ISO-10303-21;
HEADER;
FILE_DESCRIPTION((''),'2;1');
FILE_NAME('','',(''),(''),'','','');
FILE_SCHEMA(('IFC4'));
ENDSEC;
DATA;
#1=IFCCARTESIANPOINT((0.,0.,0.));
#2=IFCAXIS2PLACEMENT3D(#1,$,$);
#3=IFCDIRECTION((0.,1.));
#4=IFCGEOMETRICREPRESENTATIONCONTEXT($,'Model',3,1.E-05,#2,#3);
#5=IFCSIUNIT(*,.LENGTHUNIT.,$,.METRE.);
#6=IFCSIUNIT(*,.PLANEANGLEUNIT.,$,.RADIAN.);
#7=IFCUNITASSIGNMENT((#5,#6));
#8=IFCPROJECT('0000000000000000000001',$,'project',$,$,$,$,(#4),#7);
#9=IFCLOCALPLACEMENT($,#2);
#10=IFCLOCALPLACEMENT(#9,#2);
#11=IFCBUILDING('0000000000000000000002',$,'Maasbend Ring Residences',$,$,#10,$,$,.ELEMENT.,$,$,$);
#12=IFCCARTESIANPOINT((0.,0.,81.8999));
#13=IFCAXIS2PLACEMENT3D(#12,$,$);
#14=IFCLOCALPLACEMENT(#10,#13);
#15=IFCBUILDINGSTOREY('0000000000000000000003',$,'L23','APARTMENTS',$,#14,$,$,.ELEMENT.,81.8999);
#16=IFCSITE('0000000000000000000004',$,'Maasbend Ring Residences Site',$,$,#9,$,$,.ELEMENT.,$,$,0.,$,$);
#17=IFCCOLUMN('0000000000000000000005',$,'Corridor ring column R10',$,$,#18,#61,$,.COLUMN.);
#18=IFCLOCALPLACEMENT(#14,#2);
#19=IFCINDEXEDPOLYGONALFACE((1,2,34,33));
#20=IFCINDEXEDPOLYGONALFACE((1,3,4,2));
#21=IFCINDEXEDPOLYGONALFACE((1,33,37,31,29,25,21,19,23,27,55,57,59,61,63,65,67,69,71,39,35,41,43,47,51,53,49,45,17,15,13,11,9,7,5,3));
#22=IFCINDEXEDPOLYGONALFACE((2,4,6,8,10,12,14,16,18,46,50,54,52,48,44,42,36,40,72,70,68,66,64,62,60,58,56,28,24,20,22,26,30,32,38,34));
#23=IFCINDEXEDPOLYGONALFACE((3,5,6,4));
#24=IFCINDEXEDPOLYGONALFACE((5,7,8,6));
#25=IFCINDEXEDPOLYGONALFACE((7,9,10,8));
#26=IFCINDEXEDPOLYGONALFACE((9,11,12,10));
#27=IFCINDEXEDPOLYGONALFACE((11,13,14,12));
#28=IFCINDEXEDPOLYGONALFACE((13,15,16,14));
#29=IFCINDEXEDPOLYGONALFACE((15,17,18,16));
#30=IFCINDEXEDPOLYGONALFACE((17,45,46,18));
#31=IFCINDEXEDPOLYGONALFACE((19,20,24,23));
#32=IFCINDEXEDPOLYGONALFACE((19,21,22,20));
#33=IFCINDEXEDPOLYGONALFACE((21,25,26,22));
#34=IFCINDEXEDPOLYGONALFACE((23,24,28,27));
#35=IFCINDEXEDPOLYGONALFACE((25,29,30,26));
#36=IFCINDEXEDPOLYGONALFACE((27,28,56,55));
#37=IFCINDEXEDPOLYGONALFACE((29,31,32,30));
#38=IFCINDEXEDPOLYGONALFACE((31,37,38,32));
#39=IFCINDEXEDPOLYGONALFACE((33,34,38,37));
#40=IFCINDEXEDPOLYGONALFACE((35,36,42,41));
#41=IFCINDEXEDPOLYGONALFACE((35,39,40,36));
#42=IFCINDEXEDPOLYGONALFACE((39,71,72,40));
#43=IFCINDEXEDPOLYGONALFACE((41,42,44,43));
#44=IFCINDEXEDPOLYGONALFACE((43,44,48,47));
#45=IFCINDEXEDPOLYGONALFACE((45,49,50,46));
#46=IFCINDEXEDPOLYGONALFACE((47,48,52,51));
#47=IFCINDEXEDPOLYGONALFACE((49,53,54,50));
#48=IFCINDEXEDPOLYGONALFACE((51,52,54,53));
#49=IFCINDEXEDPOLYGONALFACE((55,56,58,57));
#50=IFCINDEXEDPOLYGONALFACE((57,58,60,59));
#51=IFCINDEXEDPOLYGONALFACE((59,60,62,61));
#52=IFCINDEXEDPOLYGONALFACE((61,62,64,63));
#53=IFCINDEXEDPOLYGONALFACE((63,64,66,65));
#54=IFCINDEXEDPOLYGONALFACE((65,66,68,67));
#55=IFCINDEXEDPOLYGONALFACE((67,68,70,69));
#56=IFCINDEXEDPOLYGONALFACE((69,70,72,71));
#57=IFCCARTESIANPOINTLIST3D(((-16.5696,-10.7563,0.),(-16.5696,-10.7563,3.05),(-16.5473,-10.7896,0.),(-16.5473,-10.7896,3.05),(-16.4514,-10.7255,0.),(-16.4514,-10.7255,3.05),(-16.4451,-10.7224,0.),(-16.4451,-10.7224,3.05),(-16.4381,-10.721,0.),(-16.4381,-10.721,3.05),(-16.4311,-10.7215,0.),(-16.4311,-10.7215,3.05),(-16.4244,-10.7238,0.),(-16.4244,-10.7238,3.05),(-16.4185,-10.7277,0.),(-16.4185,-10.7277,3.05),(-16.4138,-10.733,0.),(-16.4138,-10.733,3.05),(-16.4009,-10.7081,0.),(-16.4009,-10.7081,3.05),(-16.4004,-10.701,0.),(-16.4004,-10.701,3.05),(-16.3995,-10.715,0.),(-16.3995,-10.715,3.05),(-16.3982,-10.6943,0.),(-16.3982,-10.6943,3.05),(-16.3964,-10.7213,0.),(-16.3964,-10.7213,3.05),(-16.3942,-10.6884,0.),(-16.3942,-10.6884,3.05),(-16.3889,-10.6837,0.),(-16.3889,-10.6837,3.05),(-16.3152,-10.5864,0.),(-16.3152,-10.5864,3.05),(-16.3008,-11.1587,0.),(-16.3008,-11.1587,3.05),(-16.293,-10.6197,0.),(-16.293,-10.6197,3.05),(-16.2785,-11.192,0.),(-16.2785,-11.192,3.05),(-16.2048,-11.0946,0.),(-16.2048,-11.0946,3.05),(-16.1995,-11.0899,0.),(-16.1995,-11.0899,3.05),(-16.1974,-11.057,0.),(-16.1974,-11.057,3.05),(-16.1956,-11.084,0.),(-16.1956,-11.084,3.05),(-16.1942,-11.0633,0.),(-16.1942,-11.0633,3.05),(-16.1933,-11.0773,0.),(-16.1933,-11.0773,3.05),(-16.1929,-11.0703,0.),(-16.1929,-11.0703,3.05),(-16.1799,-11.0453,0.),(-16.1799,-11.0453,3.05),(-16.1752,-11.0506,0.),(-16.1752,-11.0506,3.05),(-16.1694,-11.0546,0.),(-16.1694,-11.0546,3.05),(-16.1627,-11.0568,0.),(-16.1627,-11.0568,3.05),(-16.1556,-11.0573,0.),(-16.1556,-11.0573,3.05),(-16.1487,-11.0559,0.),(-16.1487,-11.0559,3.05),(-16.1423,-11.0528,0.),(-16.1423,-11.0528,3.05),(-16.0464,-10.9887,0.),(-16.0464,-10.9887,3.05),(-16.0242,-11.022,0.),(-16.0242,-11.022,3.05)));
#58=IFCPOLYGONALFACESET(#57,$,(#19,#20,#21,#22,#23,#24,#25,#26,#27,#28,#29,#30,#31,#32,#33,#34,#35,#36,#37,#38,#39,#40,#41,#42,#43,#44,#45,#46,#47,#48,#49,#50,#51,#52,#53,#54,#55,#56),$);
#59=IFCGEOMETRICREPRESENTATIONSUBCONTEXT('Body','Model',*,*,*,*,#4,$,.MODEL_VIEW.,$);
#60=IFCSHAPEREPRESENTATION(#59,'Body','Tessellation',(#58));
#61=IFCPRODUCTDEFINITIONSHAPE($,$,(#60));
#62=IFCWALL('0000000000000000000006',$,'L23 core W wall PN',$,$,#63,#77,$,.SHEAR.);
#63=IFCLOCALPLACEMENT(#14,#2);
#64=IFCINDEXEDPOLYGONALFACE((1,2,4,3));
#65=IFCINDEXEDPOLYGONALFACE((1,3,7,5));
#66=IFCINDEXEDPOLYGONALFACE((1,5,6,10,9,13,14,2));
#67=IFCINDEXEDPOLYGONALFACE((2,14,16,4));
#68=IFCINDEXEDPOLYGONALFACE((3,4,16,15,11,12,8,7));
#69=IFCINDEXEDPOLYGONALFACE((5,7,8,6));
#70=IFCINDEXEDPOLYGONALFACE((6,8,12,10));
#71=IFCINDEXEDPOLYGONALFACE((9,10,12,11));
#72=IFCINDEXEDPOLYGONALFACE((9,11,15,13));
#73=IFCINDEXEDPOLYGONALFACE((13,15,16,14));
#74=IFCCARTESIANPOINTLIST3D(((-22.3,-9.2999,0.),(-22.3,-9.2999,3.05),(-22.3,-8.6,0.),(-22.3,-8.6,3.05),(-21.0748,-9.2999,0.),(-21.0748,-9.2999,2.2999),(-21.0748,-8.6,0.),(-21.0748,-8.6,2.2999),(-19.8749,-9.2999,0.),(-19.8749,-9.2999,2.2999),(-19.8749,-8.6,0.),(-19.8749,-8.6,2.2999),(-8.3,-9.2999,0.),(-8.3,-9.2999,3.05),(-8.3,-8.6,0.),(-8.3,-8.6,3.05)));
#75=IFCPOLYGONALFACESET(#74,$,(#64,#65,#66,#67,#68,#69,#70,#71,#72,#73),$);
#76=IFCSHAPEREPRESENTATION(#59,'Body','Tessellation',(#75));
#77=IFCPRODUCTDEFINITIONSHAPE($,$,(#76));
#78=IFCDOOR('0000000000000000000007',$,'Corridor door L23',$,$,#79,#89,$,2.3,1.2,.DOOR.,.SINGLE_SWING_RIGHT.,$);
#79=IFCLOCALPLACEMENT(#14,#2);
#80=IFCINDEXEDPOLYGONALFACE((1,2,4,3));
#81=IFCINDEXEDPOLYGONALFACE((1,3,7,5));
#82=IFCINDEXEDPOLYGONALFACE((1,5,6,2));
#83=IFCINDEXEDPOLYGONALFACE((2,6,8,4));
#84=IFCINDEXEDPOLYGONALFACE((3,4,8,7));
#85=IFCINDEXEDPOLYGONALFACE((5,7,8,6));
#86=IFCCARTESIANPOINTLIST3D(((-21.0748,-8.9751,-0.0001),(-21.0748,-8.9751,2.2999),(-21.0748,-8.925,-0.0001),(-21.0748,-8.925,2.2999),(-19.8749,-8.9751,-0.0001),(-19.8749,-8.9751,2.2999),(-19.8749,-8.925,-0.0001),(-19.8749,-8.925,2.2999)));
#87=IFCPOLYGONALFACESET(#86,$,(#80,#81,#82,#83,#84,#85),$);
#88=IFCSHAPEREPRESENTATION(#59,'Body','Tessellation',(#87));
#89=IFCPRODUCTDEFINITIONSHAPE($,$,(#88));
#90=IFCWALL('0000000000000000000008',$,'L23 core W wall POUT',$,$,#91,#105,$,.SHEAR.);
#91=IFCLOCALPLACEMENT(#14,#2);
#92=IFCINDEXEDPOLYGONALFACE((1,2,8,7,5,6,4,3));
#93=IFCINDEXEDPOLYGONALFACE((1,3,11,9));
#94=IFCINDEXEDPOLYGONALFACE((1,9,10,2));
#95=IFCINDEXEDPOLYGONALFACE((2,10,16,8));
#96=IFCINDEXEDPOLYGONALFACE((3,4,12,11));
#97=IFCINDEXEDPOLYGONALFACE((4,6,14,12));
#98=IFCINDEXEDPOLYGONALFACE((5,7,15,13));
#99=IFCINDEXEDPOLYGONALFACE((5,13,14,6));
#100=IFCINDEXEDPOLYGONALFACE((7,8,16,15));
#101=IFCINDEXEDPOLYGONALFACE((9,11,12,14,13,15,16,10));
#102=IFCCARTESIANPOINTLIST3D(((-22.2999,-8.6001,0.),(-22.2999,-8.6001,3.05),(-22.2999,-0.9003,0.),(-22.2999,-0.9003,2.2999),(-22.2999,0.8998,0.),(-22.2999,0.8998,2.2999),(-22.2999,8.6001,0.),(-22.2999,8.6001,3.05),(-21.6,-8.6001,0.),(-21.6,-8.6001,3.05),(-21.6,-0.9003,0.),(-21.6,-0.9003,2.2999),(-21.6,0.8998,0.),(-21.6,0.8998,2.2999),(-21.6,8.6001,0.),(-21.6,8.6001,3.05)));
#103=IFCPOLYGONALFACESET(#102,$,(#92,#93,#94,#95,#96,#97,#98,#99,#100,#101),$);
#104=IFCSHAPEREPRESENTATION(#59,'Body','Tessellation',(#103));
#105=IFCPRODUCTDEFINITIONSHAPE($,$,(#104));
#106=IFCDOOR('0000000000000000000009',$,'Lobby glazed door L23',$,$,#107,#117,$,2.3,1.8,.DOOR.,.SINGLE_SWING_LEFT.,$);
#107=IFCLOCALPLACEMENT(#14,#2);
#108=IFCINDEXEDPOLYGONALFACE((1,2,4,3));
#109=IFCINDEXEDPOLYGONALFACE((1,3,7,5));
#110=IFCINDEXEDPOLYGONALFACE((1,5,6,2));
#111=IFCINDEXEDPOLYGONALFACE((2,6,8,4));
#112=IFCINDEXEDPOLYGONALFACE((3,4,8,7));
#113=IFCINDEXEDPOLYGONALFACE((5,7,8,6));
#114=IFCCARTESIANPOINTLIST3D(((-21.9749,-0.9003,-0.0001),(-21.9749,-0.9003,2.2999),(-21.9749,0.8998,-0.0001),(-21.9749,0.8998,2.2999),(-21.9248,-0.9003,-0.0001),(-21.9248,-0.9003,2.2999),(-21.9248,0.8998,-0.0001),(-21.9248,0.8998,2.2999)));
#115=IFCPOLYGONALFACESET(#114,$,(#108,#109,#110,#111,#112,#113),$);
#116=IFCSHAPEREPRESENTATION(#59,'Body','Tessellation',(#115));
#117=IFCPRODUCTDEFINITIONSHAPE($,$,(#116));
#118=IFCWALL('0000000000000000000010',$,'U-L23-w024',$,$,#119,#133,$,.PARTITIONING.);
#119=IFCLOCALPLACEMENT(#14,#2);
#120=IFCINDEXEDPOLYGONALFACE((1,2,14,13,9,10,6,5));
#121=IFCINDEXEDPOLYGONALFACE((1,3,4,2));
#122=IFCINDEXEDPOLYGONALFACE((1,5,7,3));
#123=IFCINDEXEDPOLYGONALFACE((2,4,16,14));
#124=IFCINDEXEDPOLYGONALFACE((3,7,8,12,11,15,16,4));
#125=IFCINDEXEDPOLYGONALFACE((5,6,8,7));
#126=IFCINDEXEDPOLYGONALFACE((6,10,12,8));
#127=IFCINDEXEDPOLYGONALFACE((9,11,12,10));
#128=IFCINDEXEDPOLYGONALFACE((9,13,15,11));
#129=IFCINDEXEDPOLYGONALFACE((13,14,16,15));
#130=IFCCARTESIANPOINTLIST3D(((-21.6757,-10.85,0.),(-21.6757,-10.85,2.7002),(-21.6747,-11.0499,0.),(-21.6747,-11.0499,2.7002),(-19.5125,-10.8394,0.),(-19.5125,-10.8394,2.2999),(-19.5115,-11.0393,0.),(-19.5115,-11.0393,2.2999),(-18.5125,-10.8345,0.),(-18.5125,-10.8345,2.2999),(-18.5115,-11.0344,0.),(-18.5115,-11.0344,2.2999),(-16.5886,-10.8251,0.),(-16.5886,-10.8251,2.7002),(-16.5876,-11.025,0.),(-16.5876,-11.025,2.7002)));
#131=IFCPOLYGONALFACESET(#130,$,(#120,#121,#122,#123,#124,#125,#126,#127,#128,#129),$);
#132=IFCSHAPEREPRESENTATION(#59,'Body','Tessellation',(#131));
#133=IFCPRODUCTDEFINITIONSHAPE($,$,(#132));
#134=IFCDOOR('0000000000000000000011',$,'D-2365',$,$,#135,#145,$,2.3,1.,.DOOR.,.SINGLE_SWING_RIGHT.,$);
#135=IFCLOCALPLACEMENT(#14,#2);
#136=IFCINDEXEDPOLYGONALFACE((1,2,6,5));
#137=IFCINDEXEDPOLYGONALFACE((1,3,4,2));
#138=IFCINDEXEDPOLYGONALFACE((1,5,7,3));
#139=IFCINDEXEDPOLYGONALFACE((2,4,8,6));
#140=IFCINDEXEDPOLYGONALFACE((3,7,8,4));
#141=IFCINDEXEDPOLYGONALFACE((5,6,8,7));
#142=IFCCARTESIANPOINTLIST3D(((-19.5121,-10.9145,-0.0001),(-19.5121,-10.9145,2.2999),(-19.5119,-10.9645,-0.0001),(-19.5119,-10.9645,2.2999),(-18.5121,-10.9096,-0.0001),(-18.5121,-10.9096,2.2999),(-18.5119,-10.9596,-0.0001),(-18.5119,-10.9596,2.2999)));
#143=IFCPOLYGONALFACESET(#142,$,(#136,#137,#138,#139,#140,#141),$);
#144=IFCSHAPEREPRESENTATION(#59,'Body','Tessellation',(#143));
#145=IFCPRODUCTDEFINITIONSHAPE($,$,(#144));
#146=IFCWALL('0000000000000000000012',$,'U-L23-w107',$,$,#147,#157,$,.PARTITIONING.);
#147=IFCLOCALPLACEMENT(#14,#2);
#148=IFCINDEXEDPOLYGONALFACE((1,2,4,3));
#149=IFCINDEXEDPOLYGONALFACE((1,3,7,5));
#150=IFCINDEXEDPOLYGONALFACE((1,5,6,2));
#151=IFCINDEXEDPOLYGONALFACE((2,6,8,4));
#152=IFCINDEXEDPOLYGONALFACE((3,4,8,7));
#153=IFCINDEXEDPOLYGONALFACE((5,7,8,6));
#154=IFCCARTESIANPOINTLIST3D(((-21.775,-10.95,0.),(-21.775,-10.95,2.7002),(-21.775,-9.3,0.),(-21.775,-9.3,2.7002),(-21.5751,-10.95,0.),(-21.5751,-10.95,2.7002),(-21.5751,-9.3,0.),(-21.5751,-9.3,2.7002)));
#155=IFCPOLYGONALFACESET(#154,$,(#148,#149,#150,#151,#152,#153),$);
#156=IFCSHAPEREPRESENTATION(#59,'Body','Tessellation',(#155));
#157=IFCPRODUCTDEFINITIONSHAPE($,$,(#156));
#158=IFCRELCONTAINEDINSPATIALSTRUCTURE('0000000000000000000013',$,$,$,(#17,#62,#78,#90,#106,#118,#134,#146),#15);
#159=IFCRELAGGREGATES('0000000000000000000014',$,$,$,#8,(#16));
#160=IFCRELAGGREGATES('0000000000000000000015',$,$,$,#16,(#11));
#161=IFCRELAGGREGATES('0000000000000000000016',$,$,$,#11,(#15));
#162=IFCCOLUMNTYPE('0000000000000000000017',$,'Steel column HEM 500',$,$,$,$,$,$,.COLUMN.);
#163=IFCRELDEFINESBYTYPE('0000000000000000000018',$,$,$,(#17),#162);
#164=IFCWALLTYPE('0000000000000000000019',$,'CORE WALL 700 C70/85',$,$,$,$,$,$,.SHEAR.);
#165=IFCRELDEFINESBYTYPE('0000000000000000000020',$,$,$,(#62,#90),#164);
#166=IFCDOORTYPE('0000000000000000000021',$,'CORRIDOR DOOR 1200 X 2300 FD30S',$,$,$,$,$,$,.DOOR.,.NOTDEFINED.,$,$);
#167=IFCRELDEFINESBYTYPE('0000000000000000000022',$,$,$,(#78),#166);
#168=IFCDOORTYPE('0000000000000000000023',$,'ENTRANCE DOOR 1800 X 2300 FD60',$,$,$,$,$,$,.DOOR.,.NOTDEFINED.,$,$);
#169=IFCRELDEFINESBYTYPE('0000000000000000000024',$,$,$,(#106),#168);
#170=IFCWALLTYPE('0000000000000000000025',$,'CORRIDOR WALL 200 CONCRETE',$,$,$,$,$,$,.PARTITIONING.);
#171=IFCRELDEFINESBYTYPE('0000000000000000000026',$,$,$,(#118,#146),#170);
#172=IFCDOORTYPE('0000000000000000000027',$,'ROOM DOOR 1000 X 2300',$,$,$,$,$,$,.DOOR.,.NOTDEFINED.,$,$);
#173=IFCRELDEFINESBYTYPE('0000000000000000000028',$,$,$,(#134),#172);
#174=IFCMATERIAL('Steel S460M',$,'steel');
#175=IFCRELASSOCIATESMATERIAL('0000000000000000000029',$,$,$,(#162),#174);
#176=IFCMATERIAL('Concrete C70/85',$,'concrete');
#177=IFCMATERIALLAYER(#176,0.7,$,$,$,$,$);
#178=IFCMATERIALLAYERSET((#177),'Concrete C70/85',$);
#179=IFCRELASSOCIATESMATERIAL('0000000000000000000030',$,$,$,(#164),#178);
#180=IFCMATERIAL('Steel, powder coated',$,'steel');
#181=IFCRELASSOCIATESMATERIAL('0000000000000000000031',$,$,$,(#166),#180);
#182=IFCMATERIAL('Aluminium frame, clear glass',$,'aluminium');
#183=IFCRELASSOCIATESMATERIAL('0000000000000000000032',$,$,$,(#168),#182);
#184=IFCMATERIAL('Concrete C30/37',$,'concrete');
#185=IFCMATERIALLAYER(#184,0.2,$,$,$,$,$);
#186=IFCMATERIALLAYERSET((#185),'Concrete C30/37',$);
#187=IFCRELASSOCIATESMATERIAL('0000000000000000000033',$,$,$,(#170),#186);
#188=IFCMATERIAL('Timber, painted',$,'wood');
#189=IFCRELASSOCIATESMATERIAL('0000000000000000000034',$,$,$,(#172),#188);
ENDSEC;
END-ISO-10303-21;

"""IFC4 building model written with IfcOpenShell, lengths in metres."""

from ifc_helpers import new_model, si_unit, direction, frame, frame_2d, origin, origin_2d, place, context, subcontext, project, spatial, rectangle, i_section, extrude, material, layer, layer_set, material_profile, profile_set, type_object, element, fill, save


model = new_model("IFC4")

# Units and contexts
model_context = context("Model", 3, precision=1e-05, world=origin(), true_north=direction((0.0, 1.0)))
body_context = subcontext(model_context, "Body", "Model", "MODEL_VIEW")
ifc_project = project(units=[si_unit("LENGTHUNIT", "METRE"), si_unit("PLANEANGLEUNIT", "RADIAN")], contexts=[model_context])

# Site, building, storey
site_placement = place(None, origin())
site = spatial("IfcSite", under=ifc_project, at=site_placement, Name="Maasbend Ring Residences Site", CompositionType="ELEMENT", RefElevation=0.0)
building_placement = place(site_placement, origin())
building = spatial("IfcBuilding", under=site, at=building_placement, Name="Maasbend Ring Residences", CompositionType="ELEMENT")
storey_placement = place(building_placement, frame((0.0, 0.0, 81.8999)))
storey = spatial("IfcBuildingStorey", under=building, at=storey_placement, Name="L23", Description="APARTMENTS", CompositionType="ELEMENT", Elevation=81.8999)

# Column
ifc_material_1 = material(Name="Steel S460M", Category="steel")
ifc_material_profile = material_profile(ifc_material_1, i_section(OverallWidth=0.3059, OverallDepth=0.5239, WebThickness=0.021, FlangeThickness=0.04, FilletRadius=0.0271, at=origin_2d()), Name="HEM 500")
ifc_profile_set = profile_set([ifc_material_profile], Name="Steel S460M")
column_type = type_object("IfcColumnType", Name="Steel column HEM 500", PredefinedType="COLUMN", material=ifc_profile_set)
column_placement = place(storey_placement, frame((-16.2969, -10.8892, 0.0), z_axis=(0.0, 0.0, 1.0), x_axis=(-0.83147, -0.55557, 0.0)))
element("IfcColumn", 1, at=column_placement, inside=storey, type_object=column_type, Name="Corridor ring column R10", PredefinedType="COLUMN", context=body_context, shape_type="SweptSolid", body=[
    extrude(i_section(OverallWidth=0.3059, OverallDepth=0.5239, WebThickness=0.021, FlangeThickness=0.04, FilletRadius=0.0271, at=origin_2d()), origin(), (0.0, 0.0, 1.0), 3.05),
])

# Walls, openings, doors
ifc_material_2 = material(Name="Concrete C70/85", Category="concrete")
ifc_layer_1 = layer(ifc_material_2, 0.7)
ifc_layer_set_1 = layer_set([ifc_layer_1], Name="Concrete C70/85")
wall_type_1 = type_object("IfcWallType", Name="CORE WALL 700 C70/85", PredefinedType="SHEAR", material=ifc_layer_set_1)
wall_1_placement = place(storey_placement, frame((-22.3, -8.95, 0.0), z_axis=(0.0, 0.0, 1.0), x_axis=(1.0, 0.0, 0.0)))
wall_1 = element("IfcWall", 2, at=wall_1_placement, inside=storey, type_object=wall_type_1, Name="L23 core W wall PN", PredefinedType="SHEAR", context=body_context, shape_type="SweptSolid", body=[
    extrude(rectangle(XDim=14.0, YDim=0.7, at=frame_2d((7.0, 0.0))), origin(), (0.0, 0.0, 1.0), 3.05),
])
opening_1_placement = place(wall_1_placement, frame((1.2251, 0.0, 0.0)))
opening_1 = element("IfcOpeningElement", 3, at=opening_1_placement, cuts=wall_1, PredefinedType="OPENING", context=body_context, shape_type="SweptSolid", body=[
    extrude(rectangle(XDim=1.2, YDim=2.3, at=frame_2d((0.6001, 1.1499))), frame((0.0, 0.3599, 0.0), z_axis=(0.0, -1.0, 0.0), x_axis=(1.0, 0.0, 0.0)), (0.0, 0.0, 1.0), 0.72),
])
ifc_material_3 = material(Name="Steel, powder coated", Category="steel")
door_type_1 = type_object("IfcDoorType", Name="CORRIDOR DOOR 1200 X 2300 FD30S", OperationType="NOTDEFINED", PredefinedType="DOOR", material=ifc_material_3)
door_1_placement = place(opening_1_placement, origin())
door_1 = element("IfcDoor", 4, at=door_1_placement, inside=storey, type_object=door_type_1, Name="Corridor door L23", OperationType="SINGLE_SWING_RIGHT", OverallHeight=2.3, OverallWidth=1.2, PredefinedType="DOOR", context=body_context, shape_type="SweptSolid", body=[
    extrude(rectangle(XDim=1.2, YDim=2.3, at=frame_2d((0.6001, 1.1499))), frame((0.0, 0.0249, 0.0), z_axis=(0.0, -1.0, 0.0), x_axis=(1.0, 0.0, 0.0)), (0.0, 0.0, 1.0), 0.05),
])
fill(opening_1, door_1)
wall_2_placement = place(storey_placement, frame((-21.95, -8.6001, 0.0), z_axis=(0.0, 0.0, 1.0), x_axis=(0.0, 1.0, 0.0)))
wall_2 = element("IfcWall", 5, at=wall_2_placement, inside=storey, type_object=wall_type_1, Name="L23 core W wall POUT", PredefinedType="SHEAR", context=body_context, shape_type="SweptSolid", body=[
    extrude(rectangle(XDim=17.2002, YDim=0.7, at=frame_2d((8.6001, 0.0))), origin(), (0.0, 0.0, 1.0), 3.05),
])
opening_2_placement = place(wall_2_placement, frame((7.7, 0.0, 0.0)))
opening_2 = element("IfcOpeningElement", 6, at=opening_2_placement, cuts=wall_2, PredefinedType="OPENING", context=body_context, shape_type="SweptSolid", body=[
    extrude(rectangle(XDim=1.8, YDim=2.3, at=frame_2d((0.8999, 1.1499))), frame((0.0, 0.3599, 0.0), z_axis=(0.0, -1.0, 0.0), x_axis=(1.0, 0.0, 0.0)), (0.0, 0.0, 1.0), 0.72),
])
ifc_material_4 = material(Name="Aluminium frame, clear glass", Category="aluminium")
door_type_2 = type_object("IfcDoorType", Name="ENTRANCE DOOR 1800 X 2300 FD60", OperationType="NOTDEFINED", PredefinedType="DOOR", material=ifc_material_4)
door_2_placement = place(opening_2_placement, origin())
door_2 = element("IfcDoor", 7, at=door_2_placement, inside=storey, type_object=door_type_2, Name="Lobby glazed door L23", OperationType="SINGLE_SWING_LEFT", OverallHeight=2.3, OverallWidth=1.8, PredefinedType="DOOR", context=body_context, shape_type="SweptSolid", body=[
    extrude(rectangle(XDim=1.8, YDim=2.3, at=frame_2d((0.8999, 1.1499))), frame((0.0, 0.0249, 0.0), z_axis=(0.0, -1.0, 0.0), x_axis=(1.0, 0.0, 0.0)), (0.0, 0.0, 1.0), 0.05),
])
fill(opening_2, door_2)
ifc_material_5 = material(Name="Concrete C30/37", Category="concrete")
ifc_layer_2 = layer(ifc_material_5, 0.2)
ifc_layer_set_2 = layer_set([ifc_layer_2], Name="Concrete C30/37")
wall_type_2 = type_object("IfcWallType", Name="CORRIDOR WALL 200 CONCRETE", PredefinedType="PARTITIONING", material=ifc_layer_set_2)
wall_3_placement = place(storey_placement, frame((-21.675, -10.95, 0.0), z_axis=(0.0, 0.0, 1.0), x_axis=(0.999988, 0.004895, 0.0)))
wall_3 = element("IfcWall", 8, at=wall_3_placement, inside=storey, type_object=wall_type_2, Name="U-L23-w024", PredefinedType="PARTITIONING", context=body_context, shape_type="SweptSolid", body=[
    extrude(rectangle(XDim=5.0872, YDim=0.2, at=frame_2d((2.5435, 0.0))), origin(), (0.0, 0.0, 1.0), 2.7002),
])
opening_3_placement = place(wall_3_placement, frame((2.1631, 0.0, 0.0)))
opening_3 = element("IfcOpeningElement", 9, at=opening_3_placement, cuts=wall_3, PredefinedType="OPENING", context=body_context, shape_type="SweptSolid", body=[
    extrude(rectangle(XDim=1.0, YDim=2.3, at=frame_2d((0.5, 1.1499))), frame((0.0, 0.1099, 0.0), z_axis=(0.0, -1.0, 0.0), x_axis=(1.0, 0.0, 0.0)), (0.0, 0.0, 1.0), 0.22),
])
ifc_material_6 = material(Name="Timber, painted", Category="wood")
door_type_3 = type_object("IfcDoorType", Name="ROOM DOOR 1000 X 2300", OperationType="NOTDEFINED", PredefinedType="DOOR", material=ifc_material_6)
door_3_placement = place(opening_3_placement, origin())
door_3 = element("IfcDoor", 10, at=door_3_placement, inside=storey, type_object=door_type_3, Name="D-2365", OperationType="SINGLE_SWING_RIGHT", OverallHeight=2.3, OverallWidth=1.0, PredefinedType="DOOR", context=body_context, shape_type="SweptSolid", body=[
    extrude(rectangle(XDim=1.0, YDim=2.3, at=frame_2d((0.5, 1.1499))), frame((0.0, 0.0249, 0.0), z_axis=(0.0, -1.0, 0.0), x_axis=(1.0, 0.0, 0.0)), (0.0, 0.0, 1.0), 0.05),
])
fill(opening_3, door_3)

# Wall
wall_4_placement = place(storey_placement, frame((-21.675, -10.95, 0.0), z_axis=(0.0, 0.0, 1.0), x_axis=(0.0, 1.0, 0.0)))
element("IfcWall", 11, at=wall_4_placement, inside=storey, type_object=wall_type_2, Name="U-L23-w107", PredefinedType="PARTITIONING", context=body_context, shape_type="SweptSolid", body=[
    extrude(rectangle(XDim=1.6499, YDim=0.2, at=frame_2d((0.825, 0.0))), origin(), (0.0, 0.0, 1.0), 2.7002),
])

save(model, "model.ifc")
